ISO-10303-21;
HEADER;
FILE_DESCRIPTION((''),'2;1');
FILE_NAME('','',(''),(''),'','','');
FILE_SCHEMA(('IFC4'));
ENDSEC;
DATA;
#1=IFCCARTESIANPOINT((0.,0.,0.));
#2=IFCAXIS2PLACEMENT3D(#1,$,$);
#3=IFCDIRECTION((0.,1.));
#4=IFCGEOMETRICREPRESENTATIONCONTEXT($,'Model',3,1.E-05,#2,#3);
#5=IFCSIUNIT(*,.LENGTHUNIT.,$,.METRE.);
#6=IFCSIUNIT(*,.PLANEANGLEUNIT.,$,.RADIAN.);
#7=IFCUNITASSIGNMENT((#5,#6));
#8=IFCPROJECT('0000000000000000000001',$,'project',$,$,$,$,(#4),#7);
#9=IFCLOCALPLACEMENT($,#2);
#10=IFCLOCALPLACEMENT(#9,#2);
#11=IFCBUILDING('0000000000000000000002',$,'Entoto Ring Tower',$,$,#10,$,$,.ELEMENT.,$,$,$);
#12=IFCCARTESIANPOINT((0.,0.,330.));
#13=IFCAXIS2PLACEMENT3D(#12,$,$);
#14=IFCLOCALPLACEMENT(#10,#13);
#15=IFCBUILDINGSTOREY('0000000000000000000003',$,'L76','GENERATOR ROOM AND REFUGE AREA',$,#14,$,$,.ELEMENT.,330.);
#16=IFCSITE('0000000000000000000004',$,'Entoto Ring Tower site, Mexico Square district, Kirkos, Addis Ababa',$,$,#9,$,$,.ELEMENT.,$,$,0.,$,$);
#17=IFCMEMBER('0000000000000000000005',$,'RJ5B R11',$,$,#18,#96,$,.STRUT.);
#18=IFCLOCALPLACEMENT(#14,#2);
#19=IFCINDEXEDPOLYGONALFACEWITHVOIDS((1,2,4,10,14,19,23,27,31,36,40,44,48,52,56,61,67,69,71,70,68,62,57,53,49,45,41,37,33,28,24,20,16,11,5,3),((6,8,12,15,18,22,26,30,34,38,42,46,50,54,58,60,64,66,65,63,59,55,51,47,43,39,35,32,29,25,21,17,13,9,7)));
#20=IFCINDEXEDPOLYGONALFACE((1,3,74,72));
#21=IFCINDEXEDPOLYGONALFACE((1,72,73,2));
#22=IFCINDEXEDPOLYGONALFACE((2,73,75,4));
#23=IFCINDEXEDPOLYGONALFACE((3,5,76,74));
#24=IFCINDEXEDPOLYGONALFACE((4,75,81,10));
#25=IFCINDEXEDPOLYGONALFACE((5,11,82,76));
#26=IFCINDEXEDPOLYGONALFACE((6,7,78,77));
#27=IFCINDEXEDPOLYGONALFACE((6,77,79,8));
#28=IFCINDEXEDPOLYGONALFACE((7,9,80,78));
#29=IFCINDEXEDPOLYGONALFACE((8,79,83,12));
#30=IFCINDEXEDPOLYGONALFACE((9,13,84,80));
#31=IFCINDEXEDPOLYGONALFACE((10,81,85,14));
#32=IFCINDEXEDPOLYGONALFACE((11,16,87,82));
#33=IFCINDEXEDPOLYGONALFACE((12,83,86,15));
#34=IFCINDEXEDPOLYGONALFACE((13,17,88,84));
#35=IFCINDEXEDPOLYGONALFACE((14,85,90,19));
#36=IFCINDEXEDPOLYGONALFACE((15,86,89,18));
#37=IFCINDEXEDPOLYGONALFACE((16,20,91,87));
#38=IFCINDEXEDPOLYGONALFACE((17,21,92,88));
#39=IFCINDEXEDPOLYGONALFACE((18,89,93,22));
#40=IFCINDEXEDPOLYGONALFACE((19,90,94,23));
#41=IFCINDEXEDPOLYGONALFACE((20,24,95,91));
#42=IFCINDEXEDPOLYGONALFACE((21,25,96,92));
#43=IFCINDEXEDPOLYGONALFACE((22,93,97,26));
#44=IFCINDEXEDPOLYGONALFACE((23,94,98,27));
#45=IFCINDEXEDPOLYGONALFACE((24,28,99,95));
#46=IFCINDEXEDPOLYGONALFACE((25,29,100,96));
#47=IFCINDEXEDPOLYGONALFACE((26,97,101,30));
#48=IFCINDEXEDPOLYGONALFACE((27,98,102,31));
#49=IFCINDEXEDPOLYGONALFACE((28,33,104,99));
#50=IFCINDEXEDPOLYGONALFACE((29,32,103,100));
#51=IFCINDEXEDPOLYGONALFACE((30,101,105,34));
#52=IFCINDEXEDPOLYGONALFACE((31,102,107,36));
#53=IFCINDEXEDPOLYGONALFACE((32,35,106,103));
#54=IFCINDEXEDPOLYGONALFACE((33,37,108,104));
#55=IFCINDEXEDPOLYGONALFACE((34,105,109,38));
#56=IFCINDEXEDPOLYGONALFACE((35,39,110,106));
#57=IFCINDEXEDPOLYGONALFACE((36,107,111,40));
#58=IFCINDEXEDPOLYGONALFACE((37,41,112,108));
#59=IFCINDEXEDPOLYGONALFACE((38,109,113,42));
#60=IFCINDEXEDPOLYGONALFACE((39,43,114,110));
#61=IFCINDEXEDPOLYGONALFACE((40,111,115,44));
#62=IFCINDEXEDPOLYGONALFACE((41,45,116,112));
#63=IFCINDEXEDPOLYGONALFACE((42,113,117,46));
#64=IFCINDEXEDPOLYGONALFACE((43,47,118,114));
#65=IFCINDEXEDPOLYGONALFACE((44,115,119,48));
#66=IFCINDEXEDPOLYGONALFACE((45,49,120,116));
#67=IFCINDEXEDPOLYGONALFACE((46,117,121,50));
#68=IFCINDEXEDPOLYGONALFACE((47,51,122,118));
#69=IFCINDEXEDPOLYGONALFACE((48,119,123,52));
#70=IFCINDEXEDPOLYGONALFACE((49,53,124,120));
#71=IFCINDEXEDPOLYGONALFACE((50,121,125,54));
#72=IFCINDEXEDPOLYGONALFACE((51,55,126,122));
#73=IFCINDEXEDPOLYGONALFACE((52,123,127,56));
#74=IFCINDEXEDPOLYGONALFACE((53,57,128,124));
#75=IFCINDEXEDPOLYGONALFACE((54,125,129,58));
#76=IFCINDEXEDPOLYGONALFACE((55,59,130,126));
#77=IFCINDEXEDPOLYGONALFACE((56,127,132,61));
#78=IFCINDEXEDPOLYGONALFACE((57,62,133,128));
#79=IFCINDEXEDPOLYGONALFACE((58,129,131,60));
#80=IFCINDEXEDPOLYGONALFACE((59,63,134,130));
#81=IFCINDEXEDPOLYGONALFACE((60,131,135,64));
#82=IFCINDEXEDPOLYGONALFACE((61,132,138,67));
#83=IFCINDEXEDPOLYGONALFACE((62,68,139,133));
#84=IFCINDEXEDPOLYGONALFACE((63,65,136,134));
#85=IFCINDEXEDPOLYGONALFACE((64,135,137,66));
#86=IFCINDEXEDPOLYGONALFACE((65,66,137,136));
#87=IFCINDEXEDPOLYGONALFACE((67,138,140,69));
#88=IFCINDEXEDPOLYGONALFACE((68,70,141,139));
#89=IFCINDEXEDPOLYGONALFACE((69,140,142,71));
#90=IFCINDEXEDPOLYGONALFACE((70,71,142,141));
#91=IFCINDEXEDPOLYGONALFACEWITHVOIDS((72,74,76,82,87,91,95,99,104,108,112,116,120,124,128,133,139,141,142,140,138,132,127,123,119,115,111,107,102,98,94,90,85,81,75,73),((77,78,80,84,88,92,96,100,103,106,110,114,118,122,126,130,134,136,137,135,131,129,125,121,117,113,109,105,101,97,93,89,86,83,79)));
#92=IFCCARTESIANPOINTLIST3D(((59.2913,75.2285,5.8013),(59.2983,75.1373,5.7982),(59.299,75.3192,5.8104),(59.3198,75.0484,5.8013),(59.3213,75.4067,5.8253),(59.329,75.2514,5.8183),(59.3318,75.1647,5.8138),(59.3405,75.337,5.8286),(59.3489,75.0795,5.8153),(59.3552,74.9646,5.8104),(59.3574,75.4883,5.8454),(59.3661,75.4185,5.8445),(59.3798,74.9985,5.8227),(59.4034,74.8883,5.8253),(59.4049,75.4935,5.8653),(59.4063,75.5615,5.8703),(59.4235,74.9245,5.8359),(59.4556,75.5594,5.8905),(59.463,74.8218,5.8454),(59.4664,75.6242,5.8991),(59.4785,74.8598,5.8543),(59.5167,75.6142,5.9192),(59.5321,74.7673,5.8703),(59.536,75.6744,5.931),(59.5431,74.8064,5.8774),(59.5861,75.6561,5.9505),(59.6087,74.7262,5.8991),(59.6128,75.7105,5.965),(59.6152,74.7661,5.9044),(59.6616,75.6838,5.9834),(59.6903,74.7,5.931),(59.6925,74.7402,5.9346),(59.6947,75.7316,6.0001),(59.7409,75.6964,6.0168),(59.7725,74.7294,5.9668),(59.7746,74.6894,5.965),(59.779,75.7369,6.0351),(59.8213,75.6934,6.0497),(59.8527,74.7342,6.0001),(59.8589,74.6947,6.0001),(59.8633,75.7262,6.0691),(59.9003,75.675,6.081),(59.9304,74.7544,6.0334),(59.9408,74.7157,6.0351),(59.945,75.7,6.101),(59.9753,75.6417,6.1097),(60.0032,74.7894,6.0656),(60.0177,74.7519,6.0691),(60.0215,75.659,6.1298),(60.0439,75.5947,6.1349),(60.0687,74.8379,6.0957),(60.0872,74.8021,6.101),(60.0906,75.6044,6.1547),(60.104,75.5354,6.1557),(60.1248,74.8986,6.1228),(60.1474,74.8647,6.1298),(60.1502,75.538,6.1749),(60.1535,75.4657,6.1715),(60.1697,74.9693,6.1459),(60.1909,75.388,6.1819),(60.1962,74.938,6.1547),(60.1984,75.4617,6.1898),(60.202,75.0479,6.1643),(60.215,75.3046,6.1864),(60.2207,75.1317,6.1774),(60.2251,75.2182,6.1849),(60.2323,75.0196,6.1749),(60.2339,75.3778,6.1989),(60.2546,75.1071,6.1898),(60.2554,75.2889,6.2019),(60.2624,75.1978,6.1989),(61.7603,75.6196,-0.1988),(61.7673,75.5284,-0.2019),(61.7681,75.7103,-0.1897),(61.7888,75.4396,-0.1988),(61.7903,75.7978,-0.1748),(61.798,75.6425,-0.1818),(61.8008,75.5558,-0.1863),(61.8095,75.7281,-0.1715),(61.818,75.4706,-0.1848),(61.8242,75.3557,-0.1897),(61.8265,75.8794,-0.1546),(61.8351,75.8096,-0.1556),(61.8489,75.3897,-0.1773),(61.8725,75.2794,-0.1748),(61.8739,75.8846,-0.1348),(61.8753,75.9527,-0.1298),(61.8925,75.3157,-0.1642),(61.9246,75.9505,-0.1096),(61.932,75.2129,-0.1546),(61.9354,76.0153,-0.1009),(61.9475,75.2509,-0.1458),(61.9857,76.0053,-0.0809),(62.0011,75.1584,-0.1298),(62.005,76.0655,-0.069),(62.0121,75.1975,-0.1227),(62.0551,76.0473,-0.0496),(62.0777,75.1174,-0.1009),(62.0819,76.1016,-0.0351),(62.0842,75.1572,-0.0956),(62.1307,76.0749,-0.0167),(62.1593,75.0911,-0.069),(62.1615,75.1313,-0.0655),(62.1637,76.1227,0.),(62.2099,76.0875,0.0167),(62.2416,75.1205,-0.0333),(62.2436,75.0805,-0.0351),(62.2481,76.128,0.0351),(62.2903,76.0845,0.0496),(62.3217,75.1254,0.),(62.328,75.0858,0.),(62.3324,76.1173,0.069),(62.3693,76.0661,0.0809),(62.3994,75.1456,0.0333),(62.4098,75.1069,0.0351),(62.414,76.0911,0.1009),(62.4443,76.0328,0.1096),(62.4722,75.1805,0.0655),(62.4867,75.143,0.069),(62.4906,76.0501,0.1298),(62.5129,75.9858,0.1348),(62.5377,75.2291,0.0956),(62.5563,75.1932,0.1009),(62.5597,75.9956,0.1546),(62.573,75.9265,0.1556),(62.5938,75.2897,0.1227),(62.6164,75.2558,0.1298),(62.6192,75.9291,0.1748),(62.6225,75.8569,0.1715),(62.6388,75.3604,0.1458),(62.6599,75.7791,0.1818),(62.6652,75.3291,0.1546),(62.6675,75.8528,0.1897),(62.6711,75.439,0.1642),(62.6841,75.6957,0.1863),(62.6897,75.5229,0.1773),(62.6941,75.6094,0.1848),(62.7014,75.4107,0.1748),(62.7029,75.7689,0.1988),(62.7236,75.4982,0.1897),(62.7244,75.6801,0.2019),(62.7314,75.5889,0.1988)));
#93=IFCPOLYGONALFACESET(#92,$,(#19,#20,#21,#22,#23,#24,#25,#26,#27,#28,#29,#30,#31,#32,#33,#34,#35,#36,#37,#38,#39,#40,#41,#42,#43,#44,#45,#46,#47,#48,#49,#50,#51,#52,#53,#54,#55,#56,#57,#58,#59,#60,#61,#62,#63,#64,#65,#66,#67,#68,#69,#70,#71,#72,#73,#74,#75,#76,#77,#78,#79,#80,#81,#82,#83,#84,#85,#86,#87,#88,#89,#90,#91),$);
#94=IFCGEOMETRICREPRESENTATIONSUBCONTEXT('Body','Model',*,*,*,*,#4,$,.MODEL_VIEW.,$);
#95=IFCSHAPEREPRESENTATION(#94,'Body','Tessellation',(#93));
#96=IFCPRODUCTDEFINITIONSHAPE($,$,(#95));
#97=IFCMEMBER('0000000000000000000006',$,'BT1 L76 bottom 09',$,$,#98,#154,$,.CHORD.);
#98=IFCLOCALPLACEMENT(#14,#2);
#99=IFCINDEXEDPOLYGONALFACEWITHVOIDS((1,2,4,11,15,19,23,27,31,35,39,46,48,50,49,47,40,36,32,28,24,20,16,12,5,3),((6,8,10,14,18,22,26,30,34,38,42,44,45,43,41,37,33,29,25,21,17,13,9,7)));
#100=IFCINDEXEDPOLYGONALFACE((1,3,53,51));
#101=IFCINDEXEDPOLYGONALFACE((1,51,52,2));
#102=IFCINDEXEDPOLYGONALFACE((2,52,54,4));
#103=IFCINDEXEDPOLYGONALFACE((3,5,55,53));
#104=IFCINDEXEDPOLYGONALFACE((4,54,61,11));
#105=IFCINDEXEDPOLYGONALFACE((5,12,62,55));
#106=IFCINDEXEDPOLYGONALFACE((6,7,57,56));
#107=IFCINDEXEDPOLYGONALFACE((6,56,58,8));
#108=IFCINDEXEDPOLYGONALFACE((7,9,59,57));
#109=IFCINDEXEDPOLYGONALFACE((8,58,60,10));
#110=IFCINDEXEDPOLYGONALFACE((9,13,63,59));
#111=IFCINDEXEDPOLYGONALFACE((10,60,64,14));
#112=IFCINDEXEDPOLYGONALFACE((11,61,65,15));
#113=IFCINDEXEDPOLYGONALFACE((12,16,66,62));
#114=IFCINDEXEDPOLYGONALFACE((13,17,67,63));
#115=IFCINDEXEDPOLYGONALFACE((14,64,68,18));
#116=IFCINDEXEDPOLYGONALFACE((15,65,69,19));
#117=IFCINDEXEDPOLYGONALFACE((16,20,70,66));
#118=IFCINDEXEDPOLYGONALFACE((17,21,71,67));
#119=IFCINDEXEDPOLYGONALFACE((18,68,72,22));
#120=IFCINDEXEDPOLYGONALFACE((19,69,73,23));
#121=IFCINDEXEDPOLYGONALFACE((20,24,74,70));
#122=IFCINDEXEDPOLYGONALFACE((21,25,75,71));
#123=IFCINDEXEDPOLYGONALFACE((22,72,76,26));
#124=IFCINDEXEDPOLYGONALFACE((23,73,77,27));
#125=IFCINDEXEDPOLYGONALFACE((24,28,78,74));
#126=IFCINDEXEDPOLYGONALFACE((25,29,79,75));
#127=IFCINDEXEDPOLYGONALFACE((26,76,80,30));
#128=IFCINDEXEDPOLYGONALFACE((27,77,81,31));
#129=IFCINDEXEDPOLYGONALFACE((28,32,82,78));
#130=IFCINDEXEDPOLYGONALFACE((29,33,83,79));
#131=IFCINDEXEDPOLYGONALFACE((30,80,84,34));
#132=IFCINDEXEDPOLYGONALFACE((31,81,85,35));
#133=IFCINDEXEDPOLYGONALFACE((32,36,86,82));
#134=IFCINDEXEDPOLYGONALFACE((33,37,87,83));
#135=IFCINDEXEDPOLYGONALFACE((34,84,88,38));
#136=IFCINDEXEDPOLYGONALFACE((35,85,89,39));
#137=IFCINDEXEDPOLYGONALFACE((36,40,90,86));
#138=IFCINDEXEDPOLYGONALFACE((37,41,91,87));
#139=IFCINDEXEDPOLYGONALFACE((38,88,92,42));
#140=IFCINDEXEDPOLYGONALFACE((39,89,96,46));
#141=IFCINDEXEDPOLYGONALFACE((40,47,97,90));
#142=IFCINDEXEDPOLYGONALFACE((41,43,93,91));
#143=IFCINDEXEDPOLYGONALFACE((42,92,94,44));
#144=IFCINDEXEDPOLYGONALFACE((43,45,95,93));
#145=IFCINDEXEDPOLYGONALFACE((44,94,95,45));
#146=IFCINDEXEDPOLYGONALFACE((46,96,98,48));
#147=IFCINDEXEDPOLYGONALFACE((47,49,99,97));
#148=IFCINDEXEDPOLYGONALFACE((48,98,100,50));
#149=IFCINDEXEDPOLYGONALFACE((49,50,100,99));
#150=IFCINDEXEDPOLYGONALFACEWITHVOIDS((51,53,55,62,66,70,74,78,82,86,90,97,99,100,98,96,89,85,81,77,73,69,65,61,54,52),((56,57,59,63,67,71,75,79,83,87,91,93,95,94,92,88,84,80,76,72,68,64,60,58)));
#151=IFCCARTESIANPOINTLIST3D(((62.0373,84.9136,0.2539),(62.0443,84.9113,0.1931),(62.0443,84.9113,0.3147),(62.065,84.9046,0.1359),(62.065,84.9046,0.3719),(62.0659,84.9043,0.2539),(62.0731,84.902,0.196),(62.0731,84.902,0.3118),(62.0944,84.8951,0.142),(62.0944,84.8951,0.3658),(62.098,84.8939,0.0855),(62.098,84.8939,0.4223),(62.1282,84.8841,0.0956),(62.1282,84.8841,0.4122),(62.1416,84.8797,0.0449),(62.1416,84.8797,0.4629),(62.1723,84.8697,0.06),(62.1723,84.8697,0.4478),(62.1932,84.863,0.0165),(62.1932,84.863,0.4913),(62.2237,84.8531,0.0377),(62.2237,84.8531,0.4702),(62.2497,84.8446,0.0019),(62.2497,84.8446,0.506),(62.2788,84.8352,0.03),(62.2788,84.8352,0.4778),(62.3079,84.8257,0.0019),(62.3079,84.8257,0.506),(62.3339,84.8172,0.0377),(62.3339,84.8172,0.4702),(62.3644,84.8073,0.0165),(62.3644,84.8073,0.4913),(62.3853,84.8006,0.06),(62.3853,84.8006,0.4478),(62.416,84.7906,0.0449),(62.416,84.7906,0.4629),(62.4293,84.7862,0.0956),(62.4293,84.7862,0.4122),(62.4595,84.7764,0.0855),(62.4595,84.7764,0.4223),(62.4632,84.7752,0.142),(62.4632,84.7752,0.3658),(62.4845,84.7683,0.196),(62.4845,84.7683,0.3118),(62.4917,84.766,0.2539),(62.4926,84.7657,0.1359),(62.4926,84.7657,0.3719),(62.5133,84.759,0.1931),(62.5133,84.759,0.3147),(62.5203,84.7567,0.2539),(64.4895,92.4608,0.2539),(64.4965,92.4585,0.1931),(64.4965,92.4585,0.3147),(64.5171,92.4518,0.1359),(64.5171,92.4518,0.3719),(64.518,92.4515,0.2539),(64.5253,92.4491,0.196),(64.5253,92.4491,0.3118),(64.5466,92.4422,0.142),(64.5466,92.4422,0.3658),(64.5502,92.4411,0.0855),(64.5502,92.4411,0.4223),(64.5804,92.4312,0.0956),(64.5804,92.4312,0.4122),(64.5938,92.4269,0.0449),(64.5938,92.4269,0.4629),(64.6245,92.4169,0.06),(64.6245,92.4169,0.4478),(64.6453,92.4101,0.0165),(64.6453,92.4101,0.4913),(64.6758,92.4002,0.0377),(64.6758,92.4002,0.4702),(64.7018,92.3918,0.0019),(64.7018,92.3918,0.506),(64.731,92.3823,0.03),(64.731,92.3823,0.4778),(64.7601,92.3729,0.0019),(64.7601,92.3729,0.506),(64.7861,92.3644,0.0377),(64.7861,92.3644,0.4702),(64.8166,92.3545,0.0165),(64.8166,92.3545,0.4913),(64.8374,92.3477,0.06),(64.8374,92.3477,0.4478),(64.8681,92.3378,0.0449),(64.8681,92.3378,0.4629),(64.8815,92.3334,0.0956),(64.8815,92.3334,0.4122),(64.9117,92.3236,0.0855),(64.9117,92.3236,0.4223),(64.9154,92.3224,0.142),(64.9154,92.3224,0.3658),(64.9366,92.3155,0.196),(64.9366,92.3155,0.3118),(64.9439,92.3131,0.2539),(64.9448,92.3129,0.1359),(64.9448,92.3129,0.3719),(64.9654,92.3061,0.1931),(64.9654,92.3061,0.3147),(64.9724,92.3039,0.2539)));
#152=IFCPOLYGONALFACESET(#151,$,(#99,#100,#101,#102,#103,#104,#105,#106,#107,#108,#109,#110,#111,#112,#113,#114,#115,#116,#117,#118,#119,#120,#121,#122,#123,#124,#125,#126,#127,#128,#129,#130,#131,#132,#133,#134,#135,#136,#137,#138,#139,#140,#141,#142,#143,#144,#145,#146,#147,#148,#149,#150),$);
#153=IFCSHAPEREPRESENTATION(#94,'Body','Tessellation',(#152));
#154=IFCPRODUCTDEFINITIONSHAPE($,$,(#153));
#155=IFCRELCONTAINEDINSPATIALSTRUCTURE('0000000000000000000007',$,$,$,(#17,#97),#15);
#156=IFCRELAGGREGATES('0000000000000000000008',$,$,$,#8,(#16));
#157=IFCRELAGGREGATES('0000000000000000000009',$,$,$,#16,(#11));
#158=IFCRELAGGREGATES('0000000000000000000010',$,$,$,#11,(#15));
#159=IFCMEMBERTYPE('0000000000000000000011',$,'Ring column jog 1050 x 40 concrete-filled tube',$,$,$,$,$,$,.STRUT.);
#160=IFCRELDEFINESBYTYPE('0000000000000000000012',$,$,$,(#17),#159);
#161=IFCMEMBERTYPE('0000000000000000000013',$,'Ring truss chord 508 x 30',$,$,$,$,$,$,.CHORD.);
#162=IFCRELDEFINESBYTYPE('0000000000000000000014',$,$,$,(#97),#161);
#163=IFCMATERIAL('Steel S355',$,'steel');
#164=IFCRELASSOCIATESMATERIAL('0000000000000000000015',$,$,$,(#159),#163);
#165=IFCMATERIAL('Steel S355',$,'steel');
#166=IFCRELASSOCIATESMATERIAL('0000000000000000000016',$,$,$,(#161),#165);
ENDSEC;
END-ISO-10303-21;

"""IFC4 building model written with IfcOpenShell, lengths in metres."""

from ifc_helpers import new_model, si_unit, direction, frame, origin, origin_2d, place, context, subcontext, project, spatial, circle, hollow_circle, extrude, material, material_profile, profile_set, type_object, element, save


model = new_model("IFC4")

# Units and contexts
model_context = context("Model", 3, precision=1e-05, world=origin(), true_north=direction((0.0, 1.0)))
body_context = subcontext(model_context, "Body", "Model", "MODEL_VIEW")
ifc_project = project(units=[si_unit("LENGTHUNIT", "METRE"), si_unit("PLANEANGLEUNIT", "RADIAN")], contexts=[model_context])

# Site, building, storey
site_placement = place(None, origin())
site = spatial("IfcSite", under=ifc_project, at=site_placement, Name="Entoto Ring Tower site, Mexico Square district, Kirkos, Addis Ababa", CompositionType="ELEMENT", RefElevation=0.0)
building_placement = place(site_placement, origin())
building = spatial("IfcBuilding", under=site, at=building_placement, Name="Entoto Ring Tower", CompositionType="ELEMENT")
storey_placement = place(building_placement, frame((0.0, 0.0, 330.0)))
storey = spatial("IfcBuildingStorey", under=building, at=storey_placement, Name="L76", Description="GENERATOR ROOM AND REFUGE AREA", CompositionType="ELEMENT", Elevation=330.0)

# Members
ifc_material_1 = material(Name="Steel S355", Category="steel")
ifc_material_profile_1 = material_profile(ifc_material_1, hollow_circle(Radius=0.5249, WallThickness=0.04, at=origin_2d()), Name="CHS 1050 x 40")
ifc_material_2 = material(Name="Concrete C60/75", Category="concrete")
ifc_material_profile_2 = material_profile(ifc_material_2, circle(Radius=0.4851, at=origin_2d()), Name="Concrete C60/75 infill")
ifc_profile_set_1 = profile_set([ifc_material_profile_1, ifc_material_profile_2], Name="Steel S355")
member_type_1 = type_object("IfcMemberType", Name="Ring column jog 1050 x 40 concrete-filled tube", PredefinedType="STRUT", material=ifc_profile_set_1)
for number, where, z_axis, x_axis, name in (
    (1, (62.2458, 75.6042, 0.0), (-0.37985, -0.060172, 0.923089), (0.156459, -0.987684, 0.0), "RJ5B R11"),
):
    element("IfcMember", number, at=place(storey_placement, frame(where, z_axis=z_axis, x_axis=x_axis)), inside=storey, type_object=member_type_1, Name=name, PredefinedType="STRUT", context=body_context, shape_type="SweptSolid", body=[
        extrude(hollow_circle(Radius=0.5249, WallThickness=0.04, at=origin_2d()), origin(), (0.0, 0.0, 1.0), 6.5),
    ])
ifc_material_3 = material(Name="Steel S355", Category="steel")
ifc_material_profile_3 = material_profile(ifc_material_3, hollow_circle(Radius=0.2539, WallThickness=0.03, at=origin_2d()), Name="CHS 508 x 30")
ifc_material_4 = material(Name="Concrete C60/75", Category="concrete")
ifc_material_profile_4 = material_profile(ifc_material_4, circle(Radius=0.2241, at=origin_2d()), Name="Concrete C60/75 infill")
ifc_profile_set_2 = profile_set([ifc_material_profile_3, ifc_material_profile_4], Name="Steel S355")
member_type_2 = type_object("IfcMemberType", Name="Ring truss chord 508 x 30", PredefinedType="CHORD", material=ifc_profile_set_2)
for number, where, z_axis, x_axis, name in (
    (2, (64.731, 92.3823, 0.2539), (-0.30901, -0.951059, 0.0), (0.951059, -0.30901, 0.0), "BT1 L76 bottom 09"),
):
    element("IfcMember", number, at=place(storey_placement, frame(where, z_axis=z_axis, x_axis=x_axis)), inside=storey, type_object=member_type_2, Name=name, PredefinedType="CHORD", context=body_context, shape_type="SweptSolid", body=[
        extrude(hollow_circle(Radius=0.2539, WallThickness=0.03, at=origin_2d()), origin(), (0.0, 0.0, 1.0), 7.9355),
    ])

save(model, "model.ifc")
